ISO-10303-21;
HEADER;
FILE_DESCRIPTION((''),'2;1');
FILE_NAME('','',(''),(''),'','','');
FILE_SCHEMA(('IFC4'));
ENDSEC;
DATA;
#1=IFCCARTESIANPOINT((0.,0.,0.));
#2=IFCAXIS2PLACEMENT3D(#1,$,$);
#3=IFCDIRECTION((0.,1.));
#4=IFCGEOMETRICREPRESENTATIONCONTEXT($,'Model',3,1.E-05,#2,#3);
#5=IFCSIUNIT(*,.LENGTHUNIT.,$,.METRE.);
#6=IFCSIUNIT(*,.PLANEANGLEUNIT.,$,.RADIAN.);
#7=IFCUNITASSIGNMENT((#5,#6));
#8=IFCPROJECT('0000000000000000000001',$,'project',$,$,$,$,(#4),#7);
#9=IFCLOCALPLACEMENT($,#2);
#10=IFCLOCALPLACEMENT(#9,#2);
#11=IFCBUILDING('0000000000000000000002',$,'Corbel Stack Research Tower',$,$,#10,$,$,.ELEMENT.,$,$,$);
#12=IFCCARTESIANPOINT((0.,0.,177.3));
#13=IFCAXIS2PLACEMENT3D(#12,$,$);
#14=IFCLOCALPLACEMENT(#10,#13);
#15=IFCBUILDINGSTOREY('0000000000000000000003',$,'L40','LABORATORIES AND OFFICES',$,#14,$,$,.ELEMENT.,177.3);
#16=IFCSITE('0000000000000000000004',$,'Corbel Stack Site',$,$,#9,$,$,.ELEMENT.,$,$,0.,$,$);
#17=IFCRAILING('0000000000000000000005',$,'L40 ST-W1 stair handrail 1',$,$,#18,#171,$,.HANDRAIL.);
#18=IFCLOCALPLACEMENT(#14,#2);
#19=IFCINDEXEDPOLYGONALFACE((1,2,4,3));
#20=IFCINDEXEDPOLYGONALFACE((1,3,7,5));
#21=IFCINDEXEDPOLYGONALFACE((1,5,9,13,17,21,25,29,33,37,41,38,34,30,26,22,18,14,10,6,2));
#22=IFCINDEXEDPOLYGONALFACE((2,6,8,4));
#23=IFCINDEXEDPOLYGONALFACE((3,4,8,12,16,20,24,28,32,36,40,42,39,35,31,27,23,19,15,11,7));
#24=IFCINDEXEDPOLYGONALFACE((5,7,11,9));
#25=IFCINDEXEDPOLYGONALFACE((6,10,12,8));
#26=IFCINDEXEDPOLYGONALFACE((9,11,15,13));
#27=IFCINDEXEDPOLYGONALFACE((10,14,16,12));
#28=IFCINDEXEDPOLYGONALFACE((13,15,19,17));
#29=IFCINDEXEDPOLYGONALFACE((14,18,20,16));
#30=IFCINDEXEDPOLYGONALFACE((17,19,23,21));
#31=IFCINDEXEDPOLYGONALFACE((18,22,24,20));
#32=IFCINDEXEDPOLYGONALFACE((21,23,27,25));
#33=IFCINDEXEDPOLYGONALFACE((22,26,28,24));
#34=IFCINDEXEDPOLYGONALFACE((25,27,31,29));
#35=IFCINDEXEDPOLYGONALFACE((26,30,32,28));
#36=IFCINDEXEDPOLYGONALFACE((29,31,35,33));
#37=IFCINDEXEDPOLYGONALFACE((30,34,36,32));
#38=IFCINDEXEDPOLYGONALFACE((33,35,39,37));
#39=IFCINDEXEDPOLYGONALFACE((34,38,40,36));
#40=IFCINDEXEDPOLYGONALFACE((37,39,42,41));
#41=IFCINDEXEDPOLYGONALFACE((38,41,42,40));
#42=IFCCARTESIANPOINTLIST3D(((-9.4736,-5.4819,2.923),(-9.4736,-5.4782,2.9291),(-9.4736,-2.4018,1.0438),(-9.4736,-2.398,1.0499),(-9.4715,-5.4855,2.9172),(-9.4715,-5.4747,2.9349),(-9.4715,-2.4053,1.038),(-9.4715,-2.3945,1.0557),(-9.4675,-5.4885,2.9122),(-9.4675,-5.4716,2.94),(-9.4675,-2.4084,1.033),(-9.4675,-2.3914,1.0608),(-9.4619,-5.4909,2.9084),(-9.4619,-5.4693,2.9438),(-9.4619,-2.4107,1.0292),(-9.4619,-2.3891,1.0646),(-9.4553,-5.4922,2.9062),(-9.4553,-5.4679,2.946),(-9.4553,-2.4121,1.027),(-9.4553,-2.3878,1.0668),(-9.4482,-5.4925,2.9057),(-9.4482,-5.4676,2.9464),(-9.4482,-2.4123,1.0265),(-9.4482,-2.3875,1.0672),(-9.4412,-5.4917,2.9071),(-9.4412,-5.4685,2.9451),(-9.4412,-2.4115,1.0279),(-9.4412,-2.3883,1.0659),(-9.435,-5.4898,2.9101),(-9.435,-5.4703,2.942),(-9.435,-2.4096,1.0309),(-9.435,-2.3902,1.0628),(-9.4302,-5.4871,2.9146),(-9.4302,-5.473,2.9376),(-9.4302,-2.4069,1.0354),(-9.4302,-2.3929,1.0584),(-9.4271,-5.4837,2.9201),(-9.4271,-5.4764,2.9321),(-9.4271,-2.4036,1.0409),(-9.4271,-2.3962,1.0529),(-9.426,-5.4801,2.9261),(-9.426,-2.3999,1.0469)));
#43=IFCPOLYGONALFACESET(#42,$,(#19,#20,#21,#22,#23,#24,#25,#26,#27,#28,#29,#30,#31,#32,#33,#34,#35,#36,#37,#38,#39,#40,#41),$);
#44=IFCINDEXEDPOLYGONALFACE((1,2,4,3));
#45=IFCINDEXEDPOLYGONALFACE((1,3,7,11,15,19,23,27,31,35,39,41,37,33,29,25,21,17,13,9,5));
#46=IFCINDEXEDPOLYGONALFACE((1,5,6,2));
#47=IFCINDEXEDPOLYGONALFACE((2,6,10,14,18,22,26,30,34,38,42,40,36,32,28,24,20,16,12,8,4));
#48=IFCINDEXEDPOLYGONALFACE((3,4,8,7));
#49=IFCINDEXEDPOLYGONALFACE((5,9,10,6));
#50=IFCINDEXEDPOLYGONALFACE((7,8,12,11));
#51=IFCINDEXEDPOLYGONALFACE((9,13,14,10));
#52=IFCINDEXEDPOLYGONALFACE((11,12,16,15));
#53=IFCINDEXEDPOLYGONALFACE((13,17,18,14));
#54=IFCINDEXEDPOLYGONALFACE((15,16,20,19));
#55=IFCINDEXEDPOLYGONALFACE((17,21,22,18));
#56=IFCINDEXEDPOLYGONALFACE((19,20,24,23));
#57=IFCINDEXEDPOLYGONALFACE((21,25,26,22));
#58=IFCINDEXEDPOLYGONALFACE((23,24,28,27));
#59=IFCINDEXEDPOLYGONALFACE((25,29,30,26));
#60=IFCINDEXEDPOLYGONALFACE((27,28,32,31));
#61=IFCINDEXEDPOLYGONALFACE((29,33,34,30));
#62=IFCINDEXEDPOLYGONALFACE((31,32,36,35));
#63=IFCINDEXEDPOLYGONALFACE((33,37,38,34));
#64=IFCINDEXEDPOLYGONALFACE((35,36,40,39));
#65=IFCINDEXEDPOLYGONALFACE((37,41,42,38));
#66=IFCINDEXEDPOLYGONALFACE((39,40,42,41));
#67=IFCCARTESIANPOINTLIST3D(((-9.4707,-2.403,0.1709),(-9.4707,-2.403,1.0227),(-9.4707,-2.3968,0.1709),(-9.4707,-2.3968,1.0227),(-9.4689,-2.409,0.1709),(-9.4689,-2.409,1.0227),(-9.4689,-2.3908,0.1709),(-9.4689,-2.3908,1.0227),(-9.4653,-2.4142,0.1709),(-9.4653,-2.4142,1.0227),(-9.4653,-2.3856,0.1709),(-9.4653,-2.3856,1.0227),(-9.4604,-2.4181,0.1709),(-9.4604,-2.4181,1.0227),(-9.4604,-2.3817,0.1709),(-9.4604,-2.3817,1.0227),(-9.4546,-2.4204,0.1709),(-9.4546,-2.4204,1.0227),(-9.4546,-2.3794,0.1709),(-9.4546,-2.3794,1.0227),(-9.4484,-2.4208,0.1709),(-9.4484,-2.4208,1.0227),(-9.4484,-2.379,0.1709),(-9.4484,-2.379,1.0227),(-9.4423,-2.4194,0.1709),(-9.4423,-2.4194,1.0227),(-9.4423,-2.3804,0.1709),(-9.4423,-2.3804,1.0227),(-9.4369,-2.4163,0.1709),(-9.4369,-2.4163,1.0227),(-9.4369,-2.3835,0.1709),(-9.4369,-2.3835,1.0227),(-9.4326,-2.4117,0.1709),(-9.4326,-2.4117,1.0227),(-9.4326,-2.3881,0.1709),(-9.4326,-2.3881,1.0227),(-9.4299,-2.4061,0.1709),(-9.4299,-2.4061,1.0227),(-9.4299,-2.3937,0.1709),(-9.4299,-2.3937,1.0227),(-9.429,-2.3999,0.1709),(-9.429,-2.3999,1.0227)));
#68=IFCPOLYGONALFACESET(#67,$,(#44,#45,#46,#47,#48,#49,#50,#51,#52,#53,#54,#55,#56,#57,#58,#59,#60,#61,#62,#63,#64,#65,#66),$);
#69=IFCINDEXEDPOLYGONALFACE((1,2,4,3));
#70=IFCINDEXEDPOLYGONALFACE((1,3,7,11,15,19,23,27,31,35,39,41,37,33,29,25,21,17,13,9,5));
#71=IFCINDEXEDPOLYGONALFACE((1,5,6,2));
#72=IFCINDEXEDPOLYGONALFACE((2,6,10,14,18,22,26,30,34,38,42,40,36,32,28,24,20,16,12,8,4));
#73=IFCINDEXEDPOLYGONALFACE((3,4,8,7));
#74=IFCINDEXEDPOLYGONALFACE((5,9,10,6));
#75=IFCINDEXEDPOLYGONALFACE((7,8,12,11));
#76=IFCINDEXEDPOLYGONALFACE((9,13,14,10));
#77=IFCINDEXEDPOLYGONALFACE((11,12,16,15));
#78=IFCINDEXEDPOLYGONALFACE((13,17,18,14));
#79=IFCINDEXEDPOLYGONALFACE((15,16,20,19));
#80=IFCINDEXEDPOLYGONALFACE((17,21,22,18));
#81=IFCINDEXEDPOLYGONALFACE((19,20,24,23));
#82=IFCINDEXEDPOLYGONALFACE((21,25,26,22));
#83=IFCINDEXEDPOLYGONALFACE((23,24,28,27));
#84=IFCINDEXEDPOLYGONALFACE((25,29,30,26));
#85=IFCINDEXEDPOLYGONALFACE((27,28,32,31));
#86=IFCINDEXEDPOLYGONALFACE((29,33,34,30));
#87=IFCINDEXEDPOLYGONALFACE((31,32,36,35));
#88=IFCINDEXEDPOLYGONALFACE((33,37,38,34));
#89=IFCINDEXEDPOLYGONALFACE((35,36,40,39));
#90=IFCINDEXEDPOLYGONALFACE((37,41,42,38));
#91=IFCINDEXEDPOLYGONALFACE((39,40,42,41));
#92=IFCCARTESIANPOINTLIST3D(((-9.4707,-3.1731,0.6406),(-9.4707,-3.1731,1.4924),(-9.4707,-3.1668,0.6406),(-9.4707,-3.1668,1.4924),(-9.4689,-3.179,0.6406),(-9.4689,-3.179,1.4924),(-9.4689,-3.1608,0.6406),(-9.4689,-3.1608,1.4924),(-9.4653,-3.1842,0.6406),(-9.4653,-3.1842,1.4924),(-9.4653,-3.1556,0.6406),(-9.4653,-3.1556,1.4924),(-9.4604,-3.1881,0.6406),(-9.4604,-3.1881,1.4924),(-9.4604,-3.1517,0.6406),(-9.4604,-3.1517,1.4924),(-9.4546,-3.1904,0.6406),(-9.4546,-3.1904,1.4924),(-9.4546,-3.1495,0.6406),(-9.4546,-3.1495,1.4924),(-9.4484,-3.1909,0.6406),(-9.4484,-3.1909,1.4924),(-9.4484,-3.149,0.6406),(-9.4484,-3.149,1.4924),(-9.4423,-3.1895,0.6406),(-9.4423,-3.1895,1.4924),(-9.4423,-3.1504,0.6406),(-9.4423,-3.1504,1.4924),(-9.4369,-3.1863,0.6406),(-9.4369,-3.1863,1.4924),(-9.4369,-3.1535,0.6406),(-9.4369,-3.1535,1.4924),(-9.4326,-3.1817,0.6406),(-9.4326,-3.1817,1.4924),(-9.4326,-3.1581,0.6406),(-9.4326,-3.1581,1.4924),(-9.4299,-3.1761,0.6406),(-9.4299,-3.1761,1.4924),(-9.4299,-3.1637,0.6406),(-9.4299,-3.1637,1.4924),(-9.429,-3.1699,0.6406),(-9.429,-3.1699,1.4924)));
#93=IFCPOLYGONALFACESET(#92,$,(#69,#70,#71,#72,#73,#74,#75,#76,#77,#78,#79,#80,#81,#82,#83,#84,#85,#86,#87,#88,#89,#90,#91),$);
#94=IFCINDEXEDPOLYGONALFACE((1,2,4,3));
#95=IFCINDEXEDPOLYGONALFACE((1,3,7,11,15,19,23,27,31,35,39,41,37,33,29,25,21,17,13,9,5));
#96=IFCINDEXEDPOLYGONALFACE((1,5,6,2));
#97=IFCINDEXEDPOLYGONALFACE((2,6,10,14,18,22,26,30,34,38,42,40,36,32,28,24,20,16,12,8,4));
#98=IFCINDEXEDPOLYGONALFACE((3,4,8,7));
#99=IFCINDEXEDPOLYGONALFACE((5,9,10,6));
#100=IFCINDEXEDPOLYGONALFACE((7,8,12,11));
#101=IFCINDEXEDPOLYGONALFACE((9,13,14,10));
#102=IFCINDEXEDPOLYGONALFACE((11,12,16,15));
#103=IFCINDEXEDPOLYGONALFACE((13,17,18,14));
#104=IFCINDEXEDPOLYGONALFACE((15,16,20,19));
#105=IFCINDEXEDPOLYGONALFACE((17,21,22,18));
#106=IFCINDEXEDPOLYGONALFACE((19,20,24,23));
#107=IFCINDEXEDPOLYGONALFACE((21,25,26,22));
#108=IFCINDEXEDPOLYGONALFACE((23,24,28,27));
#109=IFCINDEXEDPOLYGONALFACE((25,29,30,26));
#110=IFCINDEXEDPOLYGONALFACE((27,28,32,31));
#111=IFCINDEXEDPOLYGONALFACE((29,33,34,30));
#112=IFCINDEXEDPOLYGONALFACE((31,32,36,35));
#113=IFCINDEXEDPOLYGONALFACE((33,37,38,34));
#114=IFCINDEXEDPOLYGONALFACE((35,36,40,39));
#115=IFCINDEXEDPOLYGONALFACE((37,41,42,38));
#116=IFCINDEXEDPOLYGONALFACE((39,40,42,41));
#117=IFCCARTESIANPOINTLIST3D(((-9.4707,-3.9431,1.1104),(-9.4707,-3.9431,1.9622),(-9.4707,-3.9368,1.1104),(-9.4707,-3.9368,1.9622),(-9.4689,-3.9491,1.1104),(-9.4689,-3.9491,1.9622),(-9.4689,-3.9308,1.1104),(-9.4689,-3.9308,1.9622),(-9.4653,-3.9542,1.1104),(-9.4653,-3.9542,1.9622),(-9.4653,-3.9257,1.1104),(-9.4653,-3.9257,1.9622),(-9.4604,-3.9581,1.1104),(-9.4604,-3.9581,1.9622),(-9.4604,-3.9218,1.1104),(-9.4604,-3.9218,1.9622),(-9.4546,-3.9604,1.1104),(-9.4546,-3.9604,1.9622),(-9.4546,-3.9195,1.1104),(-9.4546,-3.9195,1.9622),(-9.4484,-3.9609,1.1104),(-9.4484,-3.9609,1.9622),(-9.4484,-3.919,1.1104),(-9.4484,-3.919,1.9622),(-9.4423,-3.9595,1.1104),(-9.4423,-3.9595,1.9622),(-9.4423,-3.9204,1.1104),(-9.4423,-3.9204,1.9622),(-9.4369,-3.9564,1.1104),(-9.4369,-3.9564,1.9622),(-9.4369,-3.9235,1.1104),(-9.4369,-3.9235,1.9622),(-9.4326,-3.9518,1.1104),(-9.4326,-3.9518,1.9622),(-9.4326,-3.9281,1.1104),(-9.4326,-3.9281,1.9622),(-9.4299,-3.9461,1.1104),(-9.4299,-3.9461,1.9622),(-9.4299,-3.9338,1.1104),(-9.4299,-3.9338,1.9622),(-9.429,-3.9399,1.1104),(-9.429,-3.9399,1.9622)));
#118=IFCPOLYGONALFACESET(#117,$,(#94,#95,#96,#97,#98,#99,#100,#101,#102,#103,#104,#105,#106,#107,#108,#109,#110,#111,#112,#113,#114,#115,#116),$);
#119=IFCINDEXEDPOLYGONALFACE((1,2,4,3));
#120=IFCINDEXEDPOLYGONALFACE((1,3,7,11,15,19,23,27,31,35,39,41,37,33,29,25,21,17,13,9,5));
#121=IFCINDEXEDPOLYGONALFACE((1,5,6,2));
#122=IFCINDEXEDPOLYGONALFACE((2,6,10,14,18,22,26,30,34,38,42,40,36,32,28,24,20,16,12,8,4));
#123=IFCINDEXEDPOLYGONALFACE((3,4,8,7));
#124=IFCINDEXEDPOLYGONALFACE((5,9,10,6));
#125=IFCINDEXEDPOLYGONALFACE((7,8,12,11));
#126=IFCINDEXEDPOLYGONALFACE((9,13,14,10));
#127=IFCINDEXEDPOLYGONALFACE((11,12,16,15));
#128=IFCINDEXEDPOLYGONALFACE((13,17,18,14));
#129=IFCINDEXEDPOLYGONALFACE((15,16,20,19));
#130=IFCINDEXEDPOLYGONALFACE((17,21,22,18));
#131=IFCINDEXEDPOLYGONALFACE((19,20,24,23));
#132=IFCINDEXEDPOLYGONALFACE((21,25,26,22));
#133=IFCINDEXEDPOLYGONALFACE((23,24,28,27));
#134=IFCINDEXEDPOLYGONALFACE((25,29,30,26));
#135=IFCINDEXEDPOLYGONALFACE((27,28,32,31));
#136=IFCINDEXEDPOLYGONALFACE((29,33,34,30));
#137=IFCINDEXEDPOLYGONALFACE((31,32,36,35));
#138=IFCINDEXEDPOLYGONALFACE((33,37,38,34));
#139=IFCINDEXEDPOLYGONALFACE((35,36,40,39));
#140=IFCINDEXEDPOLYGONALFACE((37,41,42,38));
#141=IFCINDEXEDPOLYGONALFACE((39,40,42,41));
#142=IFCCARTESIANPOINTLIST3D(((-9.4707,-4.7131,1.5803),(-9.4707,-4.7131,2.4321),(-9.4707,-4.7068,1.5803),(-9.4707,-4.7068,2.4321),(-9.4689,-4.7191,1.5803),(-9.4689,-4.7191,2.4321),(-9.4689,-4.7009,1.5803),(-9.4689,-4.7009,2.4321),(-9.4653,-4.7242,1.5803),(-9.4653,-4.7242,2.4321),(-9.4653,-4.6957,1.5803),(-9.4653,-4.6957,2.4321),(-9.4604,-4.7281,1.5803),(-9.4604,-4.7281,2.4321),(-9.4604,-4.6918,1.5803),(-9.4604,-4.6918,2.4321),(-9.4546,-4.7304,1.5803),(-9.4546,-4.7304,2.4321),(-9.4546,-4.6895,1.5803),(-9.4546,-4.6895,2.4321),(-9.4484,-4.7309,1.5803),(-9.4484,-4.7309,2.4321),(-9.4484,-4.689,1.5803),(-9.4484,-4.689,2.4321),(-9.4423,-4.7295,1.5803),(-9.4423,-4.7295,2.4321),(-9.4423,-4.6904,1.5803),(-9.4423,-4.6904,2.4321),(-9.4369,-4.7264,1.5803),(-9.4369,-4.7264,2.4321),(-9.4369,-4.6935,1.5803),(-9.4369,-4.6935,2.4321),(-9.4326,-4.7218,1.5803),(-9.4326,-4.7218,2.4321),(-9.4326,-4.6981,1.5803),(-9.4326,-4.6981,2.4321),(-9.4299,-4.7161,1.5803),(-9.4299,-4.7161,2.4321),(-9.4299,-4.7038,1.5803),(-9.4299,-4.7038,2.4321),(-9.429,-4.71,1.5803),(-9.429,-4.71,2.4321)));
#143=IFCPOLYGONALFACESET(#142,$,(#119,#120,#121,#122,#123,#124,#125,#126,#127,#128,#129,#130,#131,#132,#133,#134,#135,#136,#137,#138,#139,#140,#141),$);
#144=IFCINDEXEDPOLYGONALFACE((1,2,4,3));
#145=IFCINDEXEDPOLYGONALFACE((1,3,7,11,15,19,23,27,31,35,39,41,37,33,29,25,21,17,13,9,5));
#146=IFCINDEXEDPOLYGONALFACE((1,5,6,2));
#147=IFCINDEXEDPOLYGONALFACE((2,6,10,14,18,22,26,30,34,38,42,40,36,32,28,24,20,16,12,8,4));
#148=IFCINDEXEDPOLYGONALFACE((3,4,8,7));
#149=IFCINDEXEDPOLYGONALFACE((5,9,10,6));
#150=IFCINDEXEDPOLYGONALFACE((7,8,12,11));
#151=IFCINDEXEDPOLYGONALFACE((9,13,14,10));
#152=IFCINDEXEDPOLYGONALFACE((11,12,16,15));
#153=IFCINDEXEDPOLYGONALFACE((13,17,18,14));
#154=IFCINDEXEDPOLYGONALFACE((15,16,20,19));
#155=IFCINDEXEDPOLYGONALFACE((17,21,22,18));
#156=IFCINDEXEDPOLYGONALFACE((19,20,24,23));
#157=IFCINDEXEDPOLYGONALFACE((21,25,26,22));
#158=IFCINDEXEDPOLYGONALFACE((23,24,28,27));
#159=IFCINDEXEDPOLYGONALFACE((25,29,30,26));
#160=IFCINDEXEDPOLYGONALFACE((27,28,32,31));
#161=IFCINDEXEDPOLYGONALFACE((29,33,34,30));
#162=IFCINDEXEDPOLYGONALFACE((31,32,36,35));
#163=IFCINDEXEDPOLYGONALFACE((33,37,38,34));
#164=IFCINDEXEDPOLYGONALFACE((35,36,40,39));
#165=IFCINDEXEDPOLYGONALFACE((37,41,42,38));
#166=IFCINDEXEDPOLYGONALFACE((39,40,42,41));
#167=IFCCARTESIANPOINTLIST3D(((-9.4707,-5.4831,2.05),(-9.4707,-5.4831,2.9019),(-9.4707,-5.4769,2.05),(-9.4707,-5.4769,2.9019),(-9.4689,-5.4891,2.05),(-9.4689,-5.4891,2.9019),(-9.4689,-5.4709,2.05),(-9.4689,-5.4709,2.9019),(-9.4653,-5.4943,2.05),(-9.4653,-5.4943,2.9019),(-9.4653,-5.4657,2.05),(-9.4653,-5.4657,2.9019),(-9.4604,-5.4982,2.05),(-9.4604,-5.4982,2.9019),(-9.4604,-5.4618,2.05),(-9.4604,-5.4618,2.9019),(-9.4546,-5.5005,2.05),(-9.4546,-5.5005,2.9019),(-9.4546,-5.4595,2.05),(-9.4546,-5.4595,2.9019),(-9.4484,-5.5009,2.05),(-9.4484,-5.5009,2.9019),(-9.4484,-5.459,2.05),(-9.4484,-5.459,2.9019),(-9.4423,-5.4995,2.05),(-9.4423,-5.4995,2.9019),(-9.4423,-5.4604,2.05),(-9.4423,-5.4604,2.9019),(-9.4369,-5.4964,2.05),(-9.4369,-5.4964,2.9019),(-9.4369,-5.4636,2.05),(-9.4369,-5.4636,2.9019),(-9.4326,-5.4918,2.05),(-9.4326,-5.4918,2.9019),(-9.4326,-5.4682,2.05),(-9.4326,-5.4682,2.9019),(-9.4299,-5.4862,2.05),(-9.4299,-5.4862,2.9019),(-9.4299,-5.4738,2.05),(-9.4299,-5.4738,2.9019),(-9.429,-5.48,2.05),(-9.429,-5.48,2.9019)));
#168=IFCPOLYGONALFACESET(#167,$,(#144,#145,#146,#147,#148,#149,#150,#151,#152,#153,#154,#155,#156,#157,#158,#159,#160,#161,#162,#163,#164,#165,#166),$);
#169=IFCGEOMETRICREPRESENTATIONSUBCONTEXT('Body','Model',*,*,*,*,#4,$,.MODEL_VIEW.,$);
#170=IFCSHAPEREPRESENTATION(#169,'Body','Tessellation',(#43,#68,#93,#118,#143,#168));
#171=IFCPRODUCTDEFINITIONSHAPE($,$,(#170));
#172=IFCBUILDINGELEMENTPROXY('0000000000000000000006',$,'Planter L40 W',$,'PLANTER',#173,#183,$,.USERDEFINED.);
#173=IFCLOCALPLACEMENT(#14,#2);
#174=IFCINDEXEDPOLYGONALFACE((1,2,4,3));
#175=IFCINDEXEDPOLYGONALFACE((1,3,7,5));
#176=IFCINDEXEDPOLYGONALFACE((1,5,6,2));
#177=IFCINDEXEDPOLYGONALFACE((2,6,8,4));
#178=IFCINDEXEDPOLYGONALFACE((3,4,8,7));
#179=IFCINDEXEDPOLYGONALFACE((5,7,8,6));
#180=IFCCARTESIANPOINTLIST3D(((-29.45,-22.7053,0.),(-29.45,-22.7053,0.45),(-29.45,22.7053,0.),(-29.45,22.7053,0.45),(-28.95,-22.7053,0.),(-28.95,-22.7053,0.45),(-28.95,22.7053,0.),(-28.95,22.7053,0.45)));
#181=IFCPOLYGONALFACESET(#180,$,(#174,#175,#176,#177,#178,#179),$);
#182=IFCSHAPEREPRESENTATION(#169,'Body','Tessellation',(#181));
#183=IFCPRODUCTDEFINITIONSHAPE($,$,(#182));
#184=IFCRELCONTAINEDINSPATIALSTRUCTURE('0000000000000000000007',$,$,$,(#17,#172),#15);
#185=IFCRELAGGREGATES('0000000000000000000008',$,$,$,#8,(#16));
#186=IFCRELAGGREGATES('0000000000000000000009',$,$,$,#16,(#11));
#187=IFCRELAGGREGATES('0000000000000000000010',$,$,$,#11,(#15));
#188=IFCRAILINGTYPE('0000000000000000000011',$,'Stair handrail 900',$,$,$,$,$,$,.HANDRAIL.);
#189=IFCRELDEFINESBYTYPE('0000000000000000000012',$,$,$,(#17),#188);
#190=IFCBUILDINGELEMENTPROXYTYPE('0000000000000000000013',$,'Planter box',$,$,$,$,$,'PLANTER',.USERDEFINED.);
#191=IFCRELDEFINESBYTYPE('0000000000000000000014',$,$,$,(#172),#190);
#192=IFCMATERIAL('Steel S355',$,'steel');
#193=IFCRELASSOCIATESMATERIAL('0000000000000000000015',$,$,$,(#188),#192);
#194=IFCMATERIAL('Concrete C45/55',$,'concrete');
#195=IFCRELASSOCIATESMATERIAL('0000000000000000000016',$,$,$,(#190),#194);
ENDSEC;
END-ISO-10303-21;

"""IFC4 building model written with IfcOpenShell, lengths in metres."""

from ifc_helpers import new_model, si_unit, direction, frame, origin, origin_2d, place, context, subcontext, project, spatial, rectangle, circle, extrude, material, type_object, element, save


model = new_model("IFC4")

# Units and contexts
model_context = context("Model", 3, precision=1e-05, world=origin(), true_north=direction((0.0, 1.0)))
body_context = subcontext(model_context, "Body", "Model", "MODEL_VIEW")
ifc_project = project(units=[si_unit("LENGTHUNIT", "METRE"), si_unit("PLANEANGLEUNIT", "RADIAN")], contexts=[model_context])

# Site, building, storey
site_placement = place(None, origin())
site = spatial("IfcSite", under=ifc_project, at=site_placement, Name="Corbel Stack Site", CompositionType="ELEMENT", RefElevation=0.0)
building_placement = place(site_placement, origin())
building = spatial("IfcBuilding", under=site, at=building_placement, Name="Corbel Stack Research Tower", CompositionType="ELEMENT")
storey_placement = place(building_placement, frame((0.0, 0.0, 177.3)))
storey = spatial("IfcBuildingStorey", under=building, at=storey_placement, Name="L40", Description="LABORATORIES AND OFFICES", CompositionType="ELEMENT", Elevation=177.3)

# Railing
ifc_material_1 = material(Name="Steel S355", Category="steel")
railing_type_1 = type_object("IfcRailingType", Name="Stair handrail 900", PredefinedType="HANDRAIL", material=ifc_material_1)
railing_1_placement = place(storey_placement, frame((-9.45, -2.3999, 0.1709)))
element("IfcRailing", 1, at=railing_1_placement, inside=storey, type_object=railing_type_1, Name="L40 ST-W1 stair handrail 1", PredefinedType="HANDRAIL", context=body_context, shape_type="SweptSolid", body=[
    extrude(circle(Radius=0.0239, at=origin_2d()), frame((0.0, 0.0, 0.876), z_axis=(0.0, -0.853666, 0.52082), x_axis=(1.0, 0.0, 0.0)), (0.0, 0.0, 1.0), 3.6082),
    extrude(circle(Radius=0.021, at=origin_2d()), origin(), (0.0, 0.0, 1.0), 0.8518),
    extrude(circle(Radius=0.021, at=origin_2d()), frame((0.0, -0.77, 0.4697)), (0.0, 0.0, 1.0), 0.8518),
    extrude(circle(Radius=0.021, at=origin_2d()), frame((0.0, -1.54, 0.9395)), (0.0, 0.0, 1.0), 0.8518),
    extrude(circle(Radius=0.021, at=origin_2d()), frame((0.0, -2.3101, 1.4094)), (0.0, 0.0, 1.0), 0.8518),
    extrude(circle(Radius=0.021, at=origin_2d()), frame((0.0, -3.0801, 1.8792)), (0.0, 0.0, 1.0), 0.8518),
])

# Building element proxy
ifc_material_2 = material(Name="Concrete C45/55", Category="concrete")
building_element_proxy_type = type_object("IfcBuildingElementProxyType", Name="Planter box", ElementType="PLANTER", PredefinedType="USERDEFINED", material=ifc_material_2)
proxy_placement = place(storey_placement, frame((-29.2, 0.0, 0.0), z_axis=(0.0, 0.0, 1.0), x_axis=(0.0, -1.0, 0.0)))
element("IfcBuildingElementProxy", 2, at=proxy_placement, inside=storey, type_object=building_element_proxy_type, Name="Planter L40 W", ObjectType="PLANTER", PredefinedType="USERDEFINED", context=body_context, shape_type="SweptSolid", body=[
    extrude(rectangle(XDim=45.4106, YDim=0.5, at=origin_2d()), origin(), (0.0, 0.0, 1.0), 0.45),
])

save(model, "model.ifc")
